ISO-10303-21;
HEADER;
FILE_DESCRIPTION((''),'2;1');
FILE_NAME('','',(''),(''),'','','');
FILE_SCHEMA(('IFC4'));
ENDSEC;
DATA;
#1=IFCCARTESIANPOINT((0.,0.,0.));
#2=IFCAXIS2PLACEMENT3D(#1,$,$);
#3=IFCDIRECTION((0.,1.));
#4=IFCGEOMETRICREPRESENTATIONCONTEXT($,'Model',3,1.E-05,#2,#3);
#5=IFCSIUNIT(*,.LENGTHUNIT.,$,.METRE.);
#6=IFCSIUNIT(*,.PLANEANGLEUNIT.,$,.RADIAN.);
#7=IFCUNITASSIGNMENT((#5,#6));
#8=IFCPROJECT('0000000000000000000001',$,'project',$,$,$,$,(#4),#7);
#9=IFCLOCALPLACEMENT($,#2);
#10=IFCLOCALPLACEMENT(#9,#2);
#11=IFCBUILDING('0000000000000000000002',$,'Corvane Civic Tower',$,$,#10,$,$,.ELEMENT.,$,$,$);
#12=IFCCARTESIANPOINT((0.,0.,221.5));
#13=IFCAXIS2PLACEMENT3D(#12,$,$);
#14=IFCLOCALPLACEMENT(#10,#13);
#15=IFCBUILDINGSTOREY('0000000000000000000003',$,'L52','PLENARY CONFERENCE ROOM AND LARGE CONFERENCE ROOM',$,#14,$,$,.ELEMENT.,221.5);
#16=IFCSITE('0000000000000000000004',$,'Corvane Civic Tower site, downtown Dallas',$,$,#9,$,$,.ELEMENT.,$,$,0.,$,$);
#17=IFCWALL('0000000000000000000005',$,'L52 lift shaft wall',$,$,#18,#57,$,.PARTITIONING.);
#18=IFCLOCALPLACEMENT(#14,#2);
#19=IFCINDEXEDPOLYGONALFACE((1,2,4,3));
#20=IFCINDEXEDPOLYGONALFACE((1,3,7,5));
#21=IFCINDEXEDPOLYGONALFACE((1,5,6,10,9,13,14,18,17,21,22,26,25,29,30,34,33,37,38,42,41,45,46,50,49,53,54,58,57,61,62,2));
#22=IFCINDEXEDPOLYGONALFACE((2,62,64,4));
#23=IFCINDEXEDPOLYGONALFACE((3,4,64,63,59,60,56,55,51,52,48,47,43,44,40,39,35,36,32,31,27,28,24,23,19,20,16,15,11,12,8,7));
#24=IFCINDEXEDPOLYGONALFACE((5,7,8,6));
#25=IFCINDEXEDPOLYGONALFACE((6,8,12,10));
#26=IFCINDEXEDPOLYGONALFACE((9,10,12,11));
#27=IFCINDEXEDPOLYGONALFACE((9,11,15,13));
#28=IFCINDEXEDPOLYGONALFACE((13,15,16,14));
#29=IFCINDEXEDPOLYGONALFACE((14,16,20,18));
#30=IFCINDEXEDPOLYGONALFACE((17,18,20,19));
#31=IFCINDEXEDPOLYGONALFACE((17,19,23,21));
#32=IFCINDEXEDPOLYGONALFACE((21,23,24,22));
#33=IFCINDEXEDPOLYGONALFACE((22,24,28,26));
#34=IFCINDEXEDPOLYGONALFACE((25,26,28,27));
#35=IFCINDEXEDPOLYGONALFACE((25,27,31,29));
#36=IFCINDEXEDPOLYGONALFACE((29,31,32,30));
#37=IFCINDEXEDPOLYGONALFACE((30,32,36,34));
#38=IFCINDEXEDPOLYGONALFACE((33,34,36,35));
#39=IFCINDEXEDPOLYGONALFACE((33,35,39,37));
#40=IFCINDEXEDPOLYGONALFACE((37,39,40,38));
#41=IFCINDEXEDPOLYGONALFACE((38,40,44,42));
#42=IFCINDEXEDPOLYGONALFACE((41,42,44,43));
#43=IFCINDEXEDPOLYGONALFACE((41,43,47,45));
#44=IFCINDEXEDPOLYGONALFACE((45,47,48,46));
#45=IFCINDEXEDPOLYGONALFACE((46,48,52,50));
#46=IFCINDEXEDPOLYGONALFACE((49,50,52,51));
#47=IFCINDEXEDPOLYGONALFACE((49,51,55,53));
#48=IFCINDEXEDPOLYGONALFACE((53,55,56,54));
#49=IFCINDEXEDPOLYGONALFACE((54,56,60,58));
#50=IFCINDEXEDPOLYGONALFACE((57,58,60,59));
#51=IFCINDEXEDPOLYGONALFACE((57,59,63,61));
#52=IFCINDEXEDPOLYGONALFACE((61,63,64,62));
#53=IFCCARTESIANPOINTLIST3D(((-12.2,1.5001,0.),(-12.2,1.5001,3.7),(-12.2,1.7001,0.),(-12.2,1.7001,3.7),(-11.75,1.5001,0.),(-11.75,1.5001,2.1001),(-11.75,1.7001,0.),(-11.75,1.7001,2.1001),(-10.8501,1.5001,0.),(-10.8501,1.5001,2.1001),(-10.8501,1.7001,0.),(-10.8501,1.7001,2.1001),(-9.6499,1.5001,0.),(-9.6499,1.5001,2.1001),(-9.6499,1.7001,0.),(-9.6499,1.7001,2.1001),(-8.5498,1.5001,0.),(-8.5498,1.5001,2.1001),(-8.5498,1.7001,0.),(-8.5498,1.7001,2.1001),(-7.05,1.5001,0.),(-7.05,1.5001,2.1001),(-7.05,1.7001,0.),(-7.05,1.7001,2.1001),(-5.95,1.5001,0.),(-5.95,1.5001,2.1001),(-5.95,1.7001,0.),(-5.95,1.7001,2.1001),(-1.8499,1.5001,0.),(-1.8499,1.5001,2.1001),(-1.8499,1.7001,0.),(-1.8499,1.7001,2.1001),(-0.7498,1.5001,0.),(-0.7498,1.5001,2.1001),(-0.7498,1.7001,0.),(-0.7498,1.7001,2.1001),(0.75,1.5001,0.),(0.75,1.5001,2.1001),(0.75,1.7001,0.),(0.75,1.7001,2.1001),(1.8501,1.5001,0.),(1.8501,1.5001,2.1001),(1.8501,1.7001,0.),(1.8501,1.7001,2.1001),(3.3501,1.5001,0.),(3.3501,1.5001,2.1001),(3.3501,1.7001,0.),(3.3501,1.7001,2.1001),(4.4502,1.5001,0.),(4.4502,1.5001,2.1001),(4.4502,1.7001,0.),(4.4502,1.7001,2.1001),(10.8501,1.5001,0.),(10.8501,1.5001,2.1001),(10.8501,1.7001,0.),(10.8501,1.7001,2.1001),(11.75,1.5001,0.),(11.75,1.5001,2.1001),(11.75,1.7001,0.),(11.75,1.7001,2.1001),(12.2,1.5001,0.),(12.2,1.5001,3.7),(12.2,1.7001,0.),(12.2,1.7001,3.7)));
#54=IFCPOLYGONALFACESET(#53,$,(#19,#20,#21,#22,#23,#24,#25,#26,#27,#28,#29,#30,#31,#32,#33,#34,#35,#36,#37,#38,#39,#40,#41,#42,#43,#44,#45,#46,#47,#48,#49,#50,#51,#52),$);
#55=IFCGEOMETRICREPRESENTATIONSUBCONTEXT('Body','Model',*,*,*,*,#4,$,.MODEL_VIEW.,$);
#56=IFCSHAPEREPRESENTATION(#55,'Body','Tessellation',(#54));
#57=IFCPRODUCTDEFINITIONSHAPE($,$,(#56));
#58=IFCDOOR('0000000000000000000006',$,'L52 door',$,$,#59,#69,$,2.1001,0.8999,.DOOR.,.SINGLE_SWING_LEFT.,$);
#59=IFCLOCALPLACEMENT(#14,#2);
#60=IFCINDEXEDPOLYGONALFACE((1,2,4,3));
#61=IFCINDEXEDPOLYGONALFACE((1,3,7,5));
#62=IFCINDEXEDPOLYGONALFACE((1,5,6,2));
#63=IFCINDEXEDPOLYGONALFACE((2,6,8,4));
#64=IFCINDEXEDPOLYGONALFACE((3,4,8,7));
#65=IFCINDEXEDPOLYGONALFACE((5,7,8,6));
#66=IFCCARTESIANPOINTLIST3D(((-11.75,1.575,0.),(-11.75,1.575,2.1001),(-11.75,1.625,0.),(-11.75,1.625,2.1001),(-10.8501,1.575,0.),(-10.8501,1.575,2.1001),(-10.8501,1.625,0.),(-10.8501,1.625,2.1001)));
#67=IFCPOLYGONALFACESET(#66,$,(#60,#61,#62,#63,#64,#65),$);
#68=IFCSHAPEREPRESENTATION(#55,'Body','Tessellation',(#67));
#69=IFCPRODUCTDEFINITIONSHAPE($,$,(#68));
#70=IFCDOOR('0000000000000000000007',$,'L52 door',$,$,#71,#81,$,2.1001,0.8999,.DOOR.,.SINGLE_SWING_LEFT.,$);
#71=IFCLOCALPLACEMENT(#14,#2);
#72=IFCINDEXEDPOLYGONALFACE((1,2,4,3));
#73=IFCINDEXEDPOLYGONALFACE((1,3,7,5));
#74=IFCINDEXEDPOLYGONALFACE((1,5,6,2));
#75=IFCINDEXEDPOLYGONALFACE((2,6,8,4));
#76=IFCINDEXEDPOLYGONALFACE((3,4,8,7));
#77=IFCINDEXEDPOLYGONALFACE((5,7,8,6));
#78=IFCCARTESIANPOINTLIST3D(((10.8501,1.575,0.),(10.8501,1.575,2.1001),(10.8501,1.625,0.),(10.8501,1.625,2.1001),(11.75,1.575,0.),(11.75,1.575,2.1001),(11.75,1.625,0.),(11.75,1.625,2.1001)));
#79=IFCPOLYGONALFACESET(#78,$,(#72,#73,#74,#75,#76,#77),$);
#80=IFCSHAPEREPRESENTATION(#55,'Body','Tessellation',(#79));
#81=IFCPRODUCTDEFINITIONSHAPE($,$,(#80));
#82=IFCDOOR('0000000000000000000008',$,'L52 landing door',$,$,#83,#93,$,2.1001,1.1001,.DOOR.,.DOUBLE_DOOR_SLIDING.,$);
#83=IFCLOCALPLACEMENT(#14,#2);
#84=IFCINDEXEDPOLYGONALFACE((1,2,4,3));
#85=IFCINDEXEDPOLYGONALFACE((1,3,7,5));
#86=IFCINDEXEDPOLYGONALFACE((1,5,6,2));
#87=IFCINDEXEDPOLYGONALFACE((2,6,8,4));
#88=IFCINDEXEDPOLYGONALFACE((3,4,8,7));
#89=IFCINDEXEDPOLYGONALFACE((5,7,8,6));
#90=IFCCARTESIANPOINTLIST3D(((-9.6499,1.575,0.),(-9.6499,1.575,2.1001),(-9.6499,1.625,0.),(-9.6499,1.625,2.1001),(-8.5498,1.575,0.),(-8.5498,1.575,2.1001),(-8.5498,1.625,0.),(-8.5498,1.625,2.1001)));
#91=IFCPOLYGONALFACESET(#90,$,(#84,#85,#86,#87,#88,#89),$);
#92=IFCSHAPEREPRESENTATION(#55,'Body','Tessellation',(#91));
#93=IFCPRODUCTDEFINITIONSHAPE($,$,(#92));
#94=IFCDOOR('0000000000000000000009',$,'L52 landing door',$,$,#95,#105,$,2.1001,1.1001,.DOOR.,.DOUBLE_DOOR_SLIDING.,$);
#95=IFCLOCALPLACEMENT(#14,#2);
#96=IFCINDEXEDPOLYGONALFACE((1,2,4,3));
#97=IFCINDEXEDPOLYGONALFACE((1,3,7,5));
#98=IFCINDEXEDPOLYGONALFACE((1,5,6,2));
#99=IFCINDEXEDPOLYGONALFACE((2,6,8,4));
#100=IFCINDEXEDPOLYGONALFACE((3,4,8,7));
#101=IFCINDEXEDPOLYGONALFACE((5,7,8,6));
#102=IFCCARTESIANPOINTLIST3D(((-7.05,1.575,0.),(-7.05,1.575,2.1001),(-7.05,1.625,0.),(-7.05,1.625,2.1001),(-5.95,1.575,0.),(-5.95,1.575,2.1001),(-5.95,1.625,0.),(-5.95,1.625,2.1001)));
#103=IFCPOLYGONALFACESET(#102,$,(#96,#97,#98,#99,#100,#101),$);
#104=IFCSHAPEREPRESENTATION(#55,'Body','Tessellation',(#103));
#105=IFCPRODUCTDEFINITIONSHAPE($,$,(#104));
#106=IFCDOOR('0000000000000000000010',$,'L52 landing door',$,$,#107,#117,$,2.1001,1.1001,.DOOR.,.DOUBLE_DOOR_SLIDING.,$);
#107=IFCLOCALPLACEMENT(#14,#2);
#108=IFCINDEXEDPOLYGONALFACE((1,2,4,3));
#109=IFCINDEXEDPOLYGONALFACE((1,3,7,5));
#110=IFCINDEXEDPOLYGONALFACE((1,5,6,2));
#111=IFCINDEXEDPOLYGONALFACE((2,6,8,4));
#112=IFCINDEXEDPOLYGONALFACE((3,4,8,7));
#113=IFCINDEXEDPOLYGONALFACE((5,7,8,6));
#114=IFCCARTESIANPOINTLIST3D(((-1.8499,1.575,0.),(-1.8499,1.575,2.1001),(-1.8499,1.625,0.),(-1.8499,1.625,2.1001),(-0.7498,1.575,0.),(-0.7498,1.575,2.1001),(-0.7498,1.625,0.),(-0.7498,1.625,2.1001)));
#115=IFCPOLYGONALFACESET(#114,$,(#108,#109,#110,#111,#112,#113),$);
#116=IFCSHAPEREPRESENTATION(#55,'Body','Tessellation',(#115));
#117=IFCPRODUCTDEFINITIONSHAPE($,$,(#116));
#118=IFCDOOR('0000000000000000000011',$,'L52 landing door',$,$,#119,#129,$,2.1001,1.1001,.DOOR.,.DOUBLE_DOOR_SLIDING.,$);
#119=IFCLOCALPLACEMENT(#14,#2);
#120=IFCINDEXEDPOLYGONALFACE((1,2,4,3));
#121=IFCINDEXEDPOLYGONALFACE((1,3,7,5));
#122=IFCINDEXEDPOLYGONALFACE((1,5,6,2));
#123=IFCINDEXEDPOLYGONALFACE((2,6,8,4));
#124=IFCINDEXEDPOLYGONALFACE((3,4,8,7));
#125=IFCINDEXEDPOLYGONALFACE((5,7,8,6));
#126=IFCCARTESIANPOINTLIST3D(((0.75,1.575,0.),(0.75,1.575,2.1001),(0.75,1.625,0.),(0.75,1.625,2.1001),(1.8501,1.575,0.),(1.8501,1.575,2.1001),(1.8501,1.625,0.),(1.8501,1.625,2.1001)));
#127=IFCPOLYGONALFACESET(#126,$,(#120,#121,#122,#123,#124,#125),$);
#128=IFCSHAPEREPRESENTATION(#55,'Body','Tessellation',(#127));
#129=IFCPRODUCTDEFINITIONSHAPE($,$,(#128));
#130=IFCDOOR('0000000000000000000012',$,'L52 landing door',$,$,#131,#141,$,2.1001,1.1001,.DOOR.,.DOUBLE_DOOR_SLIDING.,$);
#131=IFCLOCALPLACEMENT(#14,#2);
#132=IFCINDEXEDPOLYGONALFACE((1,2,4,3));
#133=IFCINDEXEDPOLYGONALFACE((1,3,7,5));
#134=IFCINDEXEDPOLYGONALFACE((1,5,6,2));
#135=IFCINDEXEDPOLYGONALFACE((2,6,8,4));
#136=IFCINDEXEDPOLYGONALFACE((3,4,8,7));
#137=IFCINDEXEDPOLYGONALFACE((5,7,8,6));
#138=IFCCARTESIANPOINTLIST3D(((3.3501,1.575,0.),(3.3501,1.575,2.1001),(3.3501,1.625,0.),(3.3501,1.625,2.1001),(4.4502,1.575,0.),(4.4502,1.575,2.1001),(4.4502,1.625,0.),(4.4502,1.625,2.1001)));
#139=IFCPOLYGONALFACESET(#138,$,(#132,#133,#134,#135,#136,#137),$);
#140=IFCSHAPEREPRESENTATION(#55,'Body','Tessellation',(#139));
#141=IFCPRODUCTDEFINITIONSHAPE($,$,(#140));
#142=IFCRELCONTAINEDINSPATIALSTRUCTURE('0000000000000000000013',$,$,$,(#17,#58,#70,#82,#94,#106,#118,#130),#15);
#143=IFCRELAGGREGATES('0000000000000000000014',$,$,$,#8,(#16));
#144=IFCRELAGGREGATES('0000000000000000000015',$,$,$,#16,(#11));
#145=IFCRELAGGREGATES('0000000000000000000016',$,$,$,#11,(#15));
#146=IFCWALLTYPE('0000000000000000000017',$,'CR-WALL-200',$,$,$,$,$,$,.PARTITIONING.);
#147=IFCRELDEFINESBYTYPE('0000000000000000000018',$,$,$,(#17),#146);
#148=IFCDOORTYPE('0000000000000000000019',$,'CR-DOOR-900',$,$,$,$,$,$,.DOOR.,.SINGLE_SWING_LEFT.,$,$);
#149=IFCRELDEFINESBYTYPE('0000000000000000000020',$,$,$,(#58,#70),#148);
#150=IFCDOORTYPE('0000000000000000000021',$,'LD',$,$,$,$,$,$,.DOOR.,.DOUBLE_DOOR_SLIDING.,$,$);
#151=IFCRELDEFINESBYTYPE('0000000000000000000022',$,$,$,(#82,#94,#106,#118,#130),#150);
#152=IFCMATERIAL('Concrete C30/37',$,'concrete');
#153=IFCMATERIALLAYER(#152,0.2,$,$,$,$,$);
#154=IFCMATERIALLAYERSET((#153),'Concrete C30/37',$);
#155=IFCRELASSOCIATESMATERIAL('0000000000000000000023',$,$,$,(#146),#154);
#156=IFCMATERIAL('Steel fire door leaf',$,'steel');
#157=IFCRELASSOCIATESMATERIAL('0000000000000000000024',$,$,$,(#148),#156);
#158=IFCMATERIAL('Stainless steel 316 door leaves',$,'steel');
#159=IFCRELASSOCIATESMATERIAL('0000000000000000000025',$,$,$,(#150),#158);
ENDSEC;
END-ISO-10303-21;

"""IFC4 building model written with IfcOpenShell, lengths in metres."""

from ifc_helpers import new_model, si_unit, direction, frame, frame_2d, origin, place, context, subcontext, project, spatial, rectangle, extrude, material, layer, layer_set, type_object, element, fill, save


model = new_model("IFC4")

# Units and contexts
model_context = context("Model", 3, precision=1e-05, world=origin(), true_north=direction((0.0, 1.0)))
body_context = subcontext(model_context, "Body", "Model", "MODEL_VIEW")
ifc_project = project(units=[si_unit("LENGTHUNIT", "METRE"), si_unit("PLANEANGLEUNIT", "RADIAN")], contexts=[model_context])

# Site, building, storey
site_placement = place(None, origin())
site = spatial("IfcSite", under=ifc_project, at=site_placement, Name="Corvane Civic Tower site, downtown Dallas", CompositionType="ELEMENT", RefElevation=0.0)
building_placement = place(site_placement, origin())
building = spatial("IfcBuilding", under=site, at=building_placement, Name="Corvane Civic Tower", CompositionType="ELEMENT")
storey_placement = place(building_placement, frame((0.0, 0.0, 221.5)))
storey = spatial("IfcBuildingStorey", under=building, at=storey_placement, Name="L52", Description="PLENARY CONFERENCE ROOM AND LARGE CONFERENCE ROOM", CompositionType="ELEMENT", Elevation=221.5)

# Wall, openings, doors
ifc_material_1 = material(Name="Concrete C30/37", Category="concrete")
ifc_layer_1 = layer(ifc_material_1, 0.2)
ifc_layer_set_1 = layer_set([ifc_layer_1], Name="Concrete C30/37")
wall_type_1 = type_object("IfcWallType", Name="CR-WALL-200", PredefinedType="PARTITIONING", material=ifc_layer_set_1)
wall_1_placement = place(storey_placement, frame((-12.2, 1.6001, 0.0), z_axis=(0.0, 0.0, 1.0), x_axis=(1.0, 0.0, 0.0)))
wall_1 = element("IfcWall", 1, at=wall_1_placement, inside=storey, type_object=wall_type_1, Name="L52 lift shaft wall", PredefinedType="PARTITIONING", context=body_context, shape_type="SweptSolid", body=[
    extrude(rectangle(XDim=24.3999, YDim=0.2, at=frame_2d((12.2, 0.0))), origin(), (0.0, 0.0, 1.0), 3.7),
])
opening_1_placement = place(wall_1_placement, frame((2.55, 0.0, 0.0)))
opening_1 = element("IfcOpeningElement", 2, at=opening_1_placement, cuts=wall_1, PredefinedType="OPENING", context=body_context, shape_type="SweptSolid", body=[
    extrude(rectangle(XDim=1.1001, YDim=2.1001, at=frame_2d((0.55, 1.05))), frame((0.0, 0.1099, 0.0), z_axis=(0.0, -1.0, 0.0), x_axis=(1.0, 0.0, 0.0)), (0.0, 0.0, 1.0), 0.22),
])
opening_2_placement = place(wall_1_placement, frame((5.1499, 0.0, 0.0)))
opening_2 = element("IfcOpeningElement", 3, at=opening_2_placement, cuts=wall_1, PredefinedType="OPENING", context=body_context, shape_type="SweptSolid", body=[
    extrude(rectangle(XDim=1.1001, YDim=2.1001, at=frame_2d((0.55, 1.05))), frame((0.0, 0.1099, 0.0), z_axis=(0.0, -1.0, 0.0), x_axis=(1.0, 0.0, 0.0)), (0.0, 0.0, 1.0), 0.22),
])
opening_3_placement = place(wall_1_placement, frame((10.3501, 0.0, 0.0)))
opening_3 = element("IfcOpeningElement", 4, at=opening_3_placement, cuts=wall_1, PredefinedType="OPENING", context=body_context, shape_type="SweptSolid", body=[
    extrude(rectangle(XDim=1.1001, YDim=2.1001, at=frame_2d((0.55, 1.05))), frame((0.0, 0.1099, 0.0), z_axis=(0.0, -1.0, 0.0), x_axis=(1.0, 0.0, 0.0)), (0.0, 0.0, 1.0), 0.22),
])
opening_4_placement = place(wall_1_placement, frame((12.95, 0.0, 0.0)))
opening_4 = element("IfcOpeningElement", 5, at=opening_4_placement, cuts=wall_1, PredefinedType="OPENING", context=body_context, shape_type="SweptSolid", body=[
    extrude(rectangle(XDim=1.1001, YDim=2.1001, at=frame_2d((0.55, 1.05))), frame((0.0, 0.1099, 0.0), z_axis=(0.0, -1.0, 0.0), x_axis=(1.0, 0.0, 0.0)), (0.0, 0.0, 1.0), 0.22),
])
opening_5_placement = place(wall_1_placement, frame((15.55, 0.0, 0.0)))
opening_5 = element("IfcOpeningElement", 6, at=opening_5_placement, cuts=wall_1, PredefinedType="OPENING", context=body_context, shape_type="SweptSolid", body=[
    extrude(rectangle(XDim=1.1001, YDim=2.1001, at=frame_2d((0.55, 1.05))), frame((0.0, 0.1099, 0.0), z_axis=(0.0, -1.0, 0.0), x_axis=(1.0, 0.0, 0.0)), (0.0, 0.0, 1.0), 0.22),
])
opening_6_placement = place(wall_1_placement, frame((0.45, 0.0, 0.0)))
opening_6 = element("IfcOpeningElement", 7, at=opening_6_placement, cuts=wall_1, PredefinedType="OPENING", context=body_context, shape_type="SweptSolid", body=[
    extrude(rectangle(XDim=0.8999, YDim=2.1001, at=frame_2d((0.45, 1.05))), frame((0.0, 0.1099, 0.0), z_axis=(0.0, -1.0, 0.0), x_axis=(1.0, 0.0, 0.0)), (0.0, 0.0, 1.0), 0.22),
])
opening_7_placement = place(wall_1_placement, frame((23.05, 0.0, 0.0)))
opening_7 = element("IfcOpeningElement", 8, at=opening_7_placement, cuts=wall_1, PredefinedType="OPENING", context=body_context, shape_type="SweptSolid", body=[
    extrude(rectangle(XDim=0.8999, YDim=2.1001, at=frame_2d((0.45, 1.05))), frame((0.0, 0.1099, 0.0), z_axis=(0.0, -1.0, 0.0), x_axis=(1.0, 0.0, 0.0)), (0.0, 0.0, 1.0), 0.22),
])
ifc_material_2 = material(Name="Steel fire door leaf", Category="steel")
door_type_1 = type_object("IfcDoorType", Name="CR-DOOR-900", OperationType="SINGLE_SWING_LEFT", PredefinedType="DOOR", material=ifc_material_2)
door_1_placement = place(opening_6_placement, origin())
door_1 = element("IfcDoor", 9, at=door_1_placement, inside=storey, type_object=door_type_1, Name="L52 door", OperationType="SINGLE_SWING_LEFT", OverallHeight=2.1001, OverallWidth=0.8999, PredefinedType="DOOR", context=body_context, shape_type="SweptSolid", body=[
    extrude(rectangle(XDim=0.8999, YDim=2.1001, at=frame_2d((0.45, 1.05))), frame((0.0, 0.0249, 0.0), z_axis=(0.0, -1.0, 0.0), x_axis=(1.0, 0.0, 0.0)), (0.0, 0.0, 1.0), 0.05),
])
fill(opening_6, door_1)
door_2_placement = place(opening_7_placement, origin())
door_2 = element("IfcDoor", 10, at=door_2_placement, inside=storey, type_object=door_type_1, Name="L52 door", OperationType="SINGLE_SWING_LEFT", OverallHeight=2.1001, OverallWidth=0.8999, PredefinedType="DOOR", context=body_context, shape_type="SweptSolid", body=[
    extrude(rectangle(XDim=0.8999, YDim=2.1001, at=frame_2d((0.45, 1.05))), frame((0.0, 0.0249, 0.0), z_axis=(0.0, -1.0, 0.0), x_axis=(1.0, 0.0, 0.0)), (0.0, 0.0, 1.0), 0.05),
])
fill(opening_7, door_2)
ifc_material_3 = material(Name="Stainless steel 316 door leaves", Category="steel")
door_type_2 = type_object("IfcDoorType", Name="LD", OperationType="DOUBLE_DOOR_SLIDING", PredefinedType="DOOR", material=ifc_material_3)
door_3_placement = place(opening_1_placement, origin())
door_3 = element("IfcDoor", 11, at=door_3_placement, inside=storey, type_object=door_type_2, Name="L52 landing door", OperationType="DOUBLE_DOOR_SLIDING", OverallHeight=2.1001, OverallWidth=1.1001, PredefinedType="DOOR", context=body_context, shape_type="SweptSolid", body=[
    extrude(rectangle(XDim=1.1001, YDim=2.1001, at=frame_2d((0.55, 1.05))), frame((0.0, 0.0249, 0.0), z_axis=(0.0, -1.0, 0.0), x_axis=(1.0, 0.0, 0.0)), (0.0, 0.0, 1.0), 0.05),
])
fill(opening_1, door_3)
door_4_placement = place(opening_2_placement, origin())
door_4 = element("IfcDoor", 12, at=door_4_placement, inside=storey, type_object=door_type_2, Name="L52 landing door", OperationType="DOUBLE_DOOR_SLIDING", OverallHeight=2.1001, OverallWidth=1.1001, PredefinedType="DOOR", context=body_context, shape_type="SweptSolid", body=[
    extrude(rectangle(XDim=1.1001, YDim=2.1001, at=frame_2d((0.55, 1.05))), frame((0.0, 0.0249, 0.0), z_axis=(0.0, -1.0, 0.0), x_axis=(1.0, 0.0, 0.0)), (0.0, 0.0, 1.0), 0.05),
])
fill(opening_2, door_4)
door_5_placement = place(opening_3_placement, origin())
door_5 = element("IfcDoor", 13, at=door_5_placement, inside=storey, type_object=door_type_2, Name="L52 landing door", OperationType="DOUBLE_DOOR_SLIDING", OverallHeight=2.1001, OverallWidth=1.1001, PredefinedType="DOOR", context=body_context, shape_type="SweptSolid", body=[
    extrude(rectangle(XDim=1.1001, YDim=2.1001, at=frame_2d((0.55, 1.05))), frame((0.0, 0.0249, 0.0), z_axis=(0.0, -1.0, 0.0), x_axis=(1.0, 0.0, 0.0)), (0.0, 0.0, 1.0), 0.05),
])
fill(opening_3, door_5)
door_6_placement = place(opening_4_placement, origin())
door_6 = element("IfcDoor", 14, at=door_6_placement, inside=storey, type_object=door_type_2, Name="L52 landing door", OperationType="DOUBLE_DOOR_SLIDING", OverallHeight=2.1001, OverallWidth=1.1001, PredefinedType="DOOR", context=body_context, shape_type="SweptSolid", body=[
    extrude(rectangle(XDim=1.1001, YDim=2.1001, at=frame_2d((0.55, 1.05))), frame((0.0, 0.0249, 0.0), z_axis=(0.0, -1.0, 0.0), x_axis=(1.0, 0.0, 0.0)), (0.0, 0.0, 1.0), 0.05),
])
fill(opening_4, door_6)
door_7_placement = place(opening_5_placement, origin())
door_7 = element("IfcDoor", 15, at=door_7_placement, inside=storey, type_object=door_type_2, Name="L52 landing door", OperationType="DOUBLE_DOOR_SLIDING", OverallHeight=2.1001, OverallWidth=1.1001, PredefinedType="DOOR", context=body_context, shape_type="SweptSolid", body=[
    extrude(rectangle(XDim=1.1001, YDim=2.1001, at=frame_2d((0.55, 1.05))), frame((0.0, 0.0249, 0.0), z_axis=(0.0, -1.0, 0.0), x_axis=(1.0, 0.0, 0.0)), (0.0, 0.0, 1.0), 0.05),
])
fill(opening_5, door_7)

save(model, "model.ifc")
